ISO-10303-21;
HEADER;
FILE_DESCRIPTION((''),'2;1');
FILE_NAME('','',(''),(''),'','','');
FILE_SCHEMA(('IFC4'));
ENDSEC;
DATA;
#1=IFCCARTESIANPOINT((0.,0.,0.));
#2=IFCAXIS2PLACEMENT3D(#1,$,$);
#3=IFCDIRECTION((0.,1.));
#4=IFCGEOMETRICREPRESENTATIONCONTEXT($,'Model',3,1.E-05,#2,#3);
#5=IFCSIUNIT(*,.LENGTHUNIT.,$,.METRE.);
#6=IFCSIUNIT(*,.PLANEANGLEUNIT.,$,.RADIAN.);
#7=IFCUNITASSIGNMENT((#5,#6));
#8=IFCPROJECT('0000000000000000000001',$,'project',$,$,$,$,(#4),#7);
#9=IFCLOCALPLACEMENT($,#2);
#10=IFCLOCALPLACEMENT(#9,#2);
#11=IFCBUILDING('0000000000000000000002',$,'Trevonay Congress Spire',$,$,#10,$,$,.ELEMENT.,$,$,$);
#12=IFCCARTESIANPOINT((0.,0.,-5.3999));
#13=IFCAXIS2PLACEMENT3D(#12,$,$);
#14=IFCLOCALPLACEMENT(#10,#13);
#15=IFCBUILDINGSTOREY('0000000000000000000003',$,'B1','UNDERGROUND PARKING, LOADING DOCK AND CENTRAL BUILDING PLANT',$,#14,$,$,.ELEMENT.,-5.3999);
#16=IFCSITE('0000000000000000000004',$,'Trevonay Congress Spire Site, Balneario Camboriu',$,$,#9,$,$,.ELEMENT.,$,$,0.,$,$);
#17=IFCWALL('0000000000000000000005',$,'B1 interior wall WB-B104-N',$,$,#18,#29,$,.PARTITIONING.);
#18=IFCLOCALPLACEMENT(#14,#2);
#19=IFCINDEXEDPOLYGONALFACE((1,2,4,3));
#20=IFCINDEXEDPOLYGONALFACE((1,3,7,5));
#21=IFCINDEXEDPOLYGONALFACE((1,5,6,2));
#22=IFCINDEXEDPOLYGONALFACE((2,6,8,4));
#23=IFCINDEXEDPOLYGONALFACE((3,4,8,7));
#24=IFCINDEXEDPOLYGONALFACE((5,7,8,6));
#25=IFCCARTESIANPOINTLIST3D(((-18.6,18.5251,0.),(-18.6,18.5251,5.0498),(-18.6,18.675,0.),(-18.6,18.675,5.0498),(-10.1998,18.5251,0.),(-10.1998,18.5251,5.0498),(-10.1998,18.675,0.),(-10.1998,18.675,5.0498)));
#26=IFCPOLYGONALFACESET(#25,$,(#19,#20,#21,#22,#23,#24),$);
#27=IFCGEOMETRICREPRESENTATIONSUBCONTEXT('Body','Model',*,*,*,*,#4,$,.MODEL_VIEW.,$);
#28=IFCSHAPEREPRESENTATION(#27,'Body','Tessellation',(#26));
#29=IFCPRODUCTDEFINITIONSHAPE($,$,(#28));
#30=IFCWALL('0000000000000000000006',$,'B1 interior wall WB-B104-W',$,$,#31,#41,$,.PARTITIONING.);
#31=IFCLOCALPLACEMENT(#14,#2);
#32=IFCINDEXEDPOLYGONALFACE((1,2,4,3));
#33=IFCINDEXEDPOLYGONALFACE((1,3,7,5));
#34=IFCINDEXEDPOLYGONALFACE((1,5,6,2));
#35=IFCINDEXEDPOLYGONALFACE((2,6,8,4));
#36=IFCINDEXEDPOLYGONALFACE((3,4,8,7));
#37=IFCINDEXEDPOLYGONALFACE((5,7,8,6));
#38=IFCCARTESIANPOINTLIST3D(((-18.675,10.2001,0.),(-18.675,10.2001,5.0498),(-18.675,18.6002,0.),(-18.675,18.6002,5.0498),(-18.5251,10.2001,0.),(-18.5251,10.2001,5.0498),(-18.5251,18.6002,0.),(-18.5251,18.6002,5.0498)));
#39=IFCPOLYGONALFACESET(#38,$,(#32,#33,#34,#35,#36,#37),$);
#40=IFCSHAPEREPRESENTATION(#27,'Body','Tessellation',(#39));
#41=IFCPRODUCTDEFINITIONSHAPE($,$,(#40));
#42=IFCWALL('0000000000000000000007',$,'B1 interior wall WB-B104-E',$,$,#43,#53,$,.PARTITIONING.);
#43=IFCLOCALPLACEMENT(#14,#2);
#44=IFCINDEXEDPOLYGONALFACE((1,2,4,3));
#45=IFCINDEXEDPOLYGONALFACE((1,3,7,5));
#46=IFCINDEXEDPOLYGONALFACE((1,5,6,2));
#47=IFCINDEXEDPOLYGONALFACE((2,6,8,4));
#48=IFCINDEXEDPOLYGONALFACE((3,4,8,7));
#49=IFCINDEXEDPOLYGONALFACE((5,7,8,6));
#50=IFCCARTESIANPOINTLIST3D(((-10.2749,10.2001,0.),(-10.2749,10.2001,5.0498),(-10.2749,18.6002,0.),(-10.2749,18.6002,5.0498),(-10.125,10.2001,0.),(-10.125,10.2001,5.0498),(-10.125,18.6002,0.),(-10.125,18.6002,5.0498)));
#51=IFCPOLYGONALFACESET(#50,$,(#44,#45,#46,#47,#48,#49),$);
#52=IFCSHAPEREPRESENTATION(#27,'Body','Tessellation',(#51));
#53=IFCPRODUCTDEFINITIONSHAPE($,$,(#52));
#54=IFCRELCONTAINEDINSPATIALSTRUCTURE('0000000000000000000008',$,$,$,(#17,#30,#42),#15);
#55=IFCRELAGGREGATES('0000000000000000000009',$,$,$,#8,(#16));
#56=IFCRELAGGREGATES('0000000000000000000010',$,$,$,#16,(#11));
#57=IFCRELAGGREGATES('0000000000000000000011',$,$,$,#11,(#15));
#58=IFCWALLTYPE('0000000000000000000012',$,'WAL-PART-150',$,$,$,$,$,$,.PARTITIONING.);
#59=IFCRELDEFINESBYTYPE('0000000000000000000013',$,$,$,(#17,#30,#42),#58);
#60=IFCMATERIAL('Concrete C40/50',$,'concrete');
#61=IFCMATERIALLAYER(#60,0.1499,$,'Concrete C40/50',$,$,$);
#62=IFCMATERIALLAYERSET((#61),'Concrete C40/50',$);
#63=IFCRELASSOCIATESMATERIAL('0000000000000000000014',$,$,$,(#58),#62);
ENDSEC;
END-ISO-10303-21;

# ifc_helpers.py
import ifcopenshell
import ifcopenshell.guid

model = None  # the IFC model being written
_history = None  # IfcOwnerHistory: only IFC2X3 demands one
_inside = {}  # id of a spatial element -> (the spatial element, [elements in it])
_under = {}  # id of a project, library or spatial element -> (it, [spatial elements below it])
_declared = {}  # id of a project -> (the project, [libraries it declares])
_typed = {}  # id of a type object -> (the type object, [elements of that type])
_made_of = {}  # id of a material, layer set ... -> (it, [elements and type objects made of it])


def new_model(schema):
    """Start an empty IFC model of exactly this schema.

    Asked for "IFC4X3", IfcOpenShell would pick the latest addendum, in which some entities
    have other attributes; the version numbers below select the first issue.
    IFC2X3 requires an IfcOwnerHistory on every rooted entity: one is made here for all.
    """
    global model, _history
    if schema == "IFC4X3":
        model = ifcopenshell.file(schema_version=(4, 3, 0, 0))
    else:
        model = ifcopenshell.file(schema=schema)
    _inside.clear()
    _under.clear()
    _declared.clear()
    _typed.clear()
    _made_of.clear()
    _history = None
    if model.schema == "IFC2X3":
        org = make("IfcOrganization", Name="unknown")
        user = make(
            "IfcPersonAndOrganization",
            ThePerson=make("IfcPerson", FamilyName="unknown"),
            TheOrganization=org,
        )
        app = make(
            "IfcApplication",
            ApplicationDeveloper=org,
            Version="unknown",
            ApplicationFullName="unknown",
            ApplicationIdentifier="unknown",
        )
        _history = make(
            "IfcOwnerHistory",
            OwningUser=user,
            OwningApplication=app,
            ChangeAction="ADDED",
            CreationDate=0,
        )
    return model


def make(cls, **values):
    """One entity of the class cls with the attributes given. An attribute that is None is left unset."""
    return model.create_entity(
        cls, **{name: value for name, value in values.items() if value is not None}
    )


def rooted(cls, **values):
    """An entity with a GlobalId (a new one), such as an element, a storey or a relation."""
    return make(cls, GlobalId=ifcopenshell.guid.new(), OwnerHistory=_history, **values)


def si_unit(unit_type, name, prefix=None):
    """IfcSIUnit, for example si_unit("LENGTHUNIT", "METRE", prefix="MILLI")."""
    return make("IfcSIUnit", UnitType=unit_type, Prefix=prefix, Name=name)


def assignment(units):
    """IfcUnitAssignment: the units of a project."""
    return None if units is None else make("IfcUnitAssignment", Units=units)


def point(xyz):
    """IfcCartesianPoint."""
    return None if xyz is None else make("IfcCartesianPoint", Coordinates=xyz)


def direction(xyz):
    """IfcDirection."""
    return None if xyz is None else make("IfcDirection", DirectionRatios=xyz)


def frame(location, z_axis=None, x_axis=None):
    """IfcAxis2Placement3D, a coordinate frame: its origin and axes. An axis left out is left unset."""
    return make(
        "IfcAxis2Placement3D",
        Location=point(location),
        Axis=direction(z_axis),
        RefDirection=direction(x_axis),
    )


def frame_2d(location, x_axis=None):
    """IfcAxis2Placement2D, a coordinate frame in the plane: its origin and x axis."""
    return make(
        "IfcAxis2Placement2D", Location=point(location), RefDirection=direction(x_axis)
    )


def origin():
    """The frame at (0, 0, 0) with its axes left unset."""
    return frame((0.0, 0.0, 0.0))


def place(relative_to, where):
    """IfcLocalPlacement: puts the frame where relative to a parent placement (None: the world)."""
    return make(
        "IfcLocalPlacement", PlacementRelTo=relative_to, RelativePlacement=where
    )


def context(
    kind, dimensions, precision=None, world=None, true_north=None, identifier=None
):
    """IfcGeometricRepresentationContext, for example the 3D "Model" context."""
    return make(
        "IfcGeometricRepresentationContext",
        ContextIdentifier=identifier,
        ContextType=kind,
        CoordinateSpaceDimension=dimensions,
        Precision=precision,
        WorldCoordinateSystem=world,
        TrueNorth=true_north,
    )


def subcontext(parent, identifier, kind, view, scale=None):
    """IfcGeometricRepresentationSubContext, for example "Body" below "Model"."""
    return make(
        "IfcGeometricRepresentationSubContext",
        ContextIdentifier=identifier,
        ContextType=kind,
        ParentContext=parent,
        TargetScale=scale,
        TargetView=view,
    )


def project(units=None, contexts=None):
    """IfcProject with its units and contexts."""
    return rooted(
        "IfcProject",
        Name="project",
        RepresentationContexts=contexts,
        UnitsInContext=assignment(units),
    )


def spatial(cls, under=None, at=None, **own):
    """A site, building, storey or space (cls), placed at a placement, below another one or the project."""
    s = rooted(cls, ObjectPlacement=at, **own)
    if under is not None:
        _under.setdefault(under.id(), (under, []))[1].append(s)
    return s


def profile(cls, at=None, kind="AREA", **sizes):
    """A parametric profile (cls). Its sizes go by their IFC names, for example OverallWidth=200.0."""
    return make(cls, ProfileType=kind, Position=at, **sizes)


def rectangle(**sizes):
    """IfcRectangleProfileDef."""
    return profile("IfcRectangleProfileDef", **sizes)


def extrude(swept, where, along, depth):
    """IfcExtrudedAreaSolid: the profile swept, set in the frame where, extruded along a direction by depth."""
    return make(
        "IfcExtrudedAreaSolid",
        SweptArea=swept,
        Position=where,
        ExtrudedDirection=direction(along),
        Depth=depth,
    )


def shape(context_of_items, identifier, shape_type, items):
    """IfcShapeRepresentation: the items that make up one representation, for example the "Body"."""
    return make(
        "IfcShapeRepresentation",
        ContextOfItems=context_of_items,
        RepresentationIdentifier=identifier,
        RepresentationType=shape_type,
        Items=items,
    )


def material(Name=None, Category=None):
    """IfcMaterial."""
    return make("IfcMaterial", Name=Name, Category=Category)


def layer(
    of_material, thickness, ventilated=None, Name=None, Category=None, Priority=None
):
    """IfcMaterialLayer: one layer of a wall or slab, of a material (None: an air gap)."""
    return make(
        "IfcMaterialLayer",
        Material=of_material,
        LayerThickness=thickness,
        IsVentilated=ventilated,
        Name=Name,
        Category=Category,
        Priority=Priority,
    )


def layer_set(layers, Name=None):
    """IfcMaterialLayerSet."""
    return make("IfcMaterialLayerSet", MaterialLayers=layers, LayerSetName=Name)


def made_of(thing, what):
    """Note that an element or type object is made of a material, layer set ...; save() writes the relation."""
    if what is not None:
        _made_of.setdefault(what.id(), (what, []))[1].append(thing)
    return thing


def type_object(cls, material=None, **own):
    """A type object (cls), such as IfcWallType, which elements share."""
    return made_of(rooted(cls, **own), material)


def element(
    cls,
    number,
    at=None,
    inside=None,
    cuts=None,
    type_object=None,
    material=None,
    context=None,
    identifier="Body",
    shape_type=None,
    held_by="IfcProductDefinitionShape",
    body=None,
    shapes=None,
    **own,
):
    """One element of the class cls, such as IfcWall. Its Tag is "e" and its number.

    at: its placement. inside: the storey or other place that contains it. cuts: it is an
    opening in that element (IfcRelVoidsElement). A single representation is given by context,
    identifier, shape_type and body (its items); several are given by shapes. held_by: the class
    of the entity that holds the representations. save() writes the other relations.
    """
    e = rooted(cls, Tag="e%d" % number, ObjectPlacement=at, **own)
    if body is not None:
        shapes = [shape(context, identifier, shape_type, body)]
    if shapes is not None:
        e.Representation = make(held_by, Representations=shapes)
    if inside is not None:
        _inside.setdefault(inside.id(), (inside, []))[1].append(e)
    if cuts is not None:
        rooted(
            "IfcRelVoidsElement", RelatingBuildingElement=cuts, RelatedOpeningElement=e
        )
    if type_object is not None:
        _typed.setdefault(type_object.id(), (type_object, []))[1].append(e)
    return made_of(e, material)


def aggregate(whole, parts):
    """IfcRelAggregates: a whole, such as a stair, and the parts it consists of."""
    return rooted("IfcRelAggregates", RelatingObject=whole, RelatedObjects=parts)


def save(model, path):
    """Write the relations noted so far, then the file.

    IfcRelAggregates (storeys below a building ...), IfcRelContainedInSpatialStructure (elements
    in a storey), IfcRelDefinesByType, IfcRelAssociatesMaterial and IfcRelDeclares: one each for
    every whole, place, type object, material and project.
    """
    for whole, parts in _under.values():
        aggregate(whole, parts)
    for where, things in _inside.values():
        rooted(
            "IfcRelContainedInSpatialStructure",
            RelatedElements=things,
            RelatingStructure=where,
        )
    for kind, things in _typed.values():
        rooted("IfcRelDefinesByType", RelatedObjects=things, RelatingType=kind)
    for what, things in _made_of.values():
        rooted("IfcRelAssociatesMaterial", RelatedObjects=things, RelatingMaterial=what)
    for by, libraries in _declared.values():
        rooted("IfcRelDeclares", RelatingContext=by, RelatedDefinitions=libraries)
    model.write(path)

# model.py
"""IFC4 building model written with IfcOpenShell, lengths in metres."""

from ifc_helpers import new_model, si_unit, direction, frame, frame_2d, origin, place, context, subcontext, project, spatial, rectangle, extrude, material, layer, layer_set, type_object, element, save


model = new_model("IFC4")

# Units and contexts
model_context = context("Model", 3, precision=1e-05, world=origin(), true_north=direction((0.0, 1.0)))
body_context = subcontext(model_context, "Body", "Model", "MODEL_VIEW")
ifc_project = project(units=[si_unit("LENGTHUNIT", "METRE"), si_unit("PLANEANGLEUNIT", "RADIAN")], contexts=[model_context])

# Site, building, storey
site_placement = place(None, origin())
site = spatial("IfcSite", under=ifc_project, at=site_placement, Name="Trevonay Congress Spire Site, Balneario Camboriu", CompositionType="ELEMENT", RefElevation=0.0)
building_placement = place(site_placement, origin())
building = spatial("IfcBuilding", under=site, at=building_placement, Name="Trevonay Congress Spire", CompositionType="ELEMENT")
storey_placement = place(building_placement, frame((0.0, 0.0, -5.3999)))
storey = spatial("IfcBuildingStorey", under=building, at=storey_placement, Name="B1", Description="UNDERGROUND PARKING, LOADING DOCK AND CENTRAL BUILDING PLANT", CompositionType="ELEMENT", Elevation=-5.3999)

# Shared definitions
ifc_material_1 = material(Name="Concrete C40/50", Category="concrete")
ifc_layer = layer(ifc_material_1, 0.1499, Name="Concrete C40/50")
ifc_layer_set = layer_set([ifc_layer], Name="Concrete C40/50")
wall_type = type_object("IfcWallType", Name="WAL-PART-150", PredefinedType="PARTITIONING", material=ifc_layer_set)

# Walls
for number, where, z_axis, x_axis, name in (
    (1, (-18.6001, 18.6001, 0.0), (0.0, 0.0, 1.0), (1.0, 0.0, 0.0), "B1 interior wall WB-B104-N"),
    (2, (-18.6001, 10.2, 0.0), (0.0, 0.0, 1.0), (0.0, 1.0, 0.0), "B1 interior wall WB-B104-W"),
    (3, (-10.2, 10.2, 0.0), (0.0, 0.0, 1.0), (0.0, 1.0, 0.0), "B1 interior wall WB-B104-E"),
):
    element("IfcWall", number, at=place(storey_placement, frame(where, z_axis=z_axis, x_axis=x_axis)), inside=storey, type_object=wall_type, Name=name, PredefinedType="PARTITIONING", context=body_context, shape_type="SweptSolid", body=[
        extrude(rectangle(XDim=8.4001, YDim=0.1499, at=frame_2d((4.2002, 0.0))), origin(), (0.0, 0.0, 1.0), 5.0498),
    ])

save(model, "model.ifc")
